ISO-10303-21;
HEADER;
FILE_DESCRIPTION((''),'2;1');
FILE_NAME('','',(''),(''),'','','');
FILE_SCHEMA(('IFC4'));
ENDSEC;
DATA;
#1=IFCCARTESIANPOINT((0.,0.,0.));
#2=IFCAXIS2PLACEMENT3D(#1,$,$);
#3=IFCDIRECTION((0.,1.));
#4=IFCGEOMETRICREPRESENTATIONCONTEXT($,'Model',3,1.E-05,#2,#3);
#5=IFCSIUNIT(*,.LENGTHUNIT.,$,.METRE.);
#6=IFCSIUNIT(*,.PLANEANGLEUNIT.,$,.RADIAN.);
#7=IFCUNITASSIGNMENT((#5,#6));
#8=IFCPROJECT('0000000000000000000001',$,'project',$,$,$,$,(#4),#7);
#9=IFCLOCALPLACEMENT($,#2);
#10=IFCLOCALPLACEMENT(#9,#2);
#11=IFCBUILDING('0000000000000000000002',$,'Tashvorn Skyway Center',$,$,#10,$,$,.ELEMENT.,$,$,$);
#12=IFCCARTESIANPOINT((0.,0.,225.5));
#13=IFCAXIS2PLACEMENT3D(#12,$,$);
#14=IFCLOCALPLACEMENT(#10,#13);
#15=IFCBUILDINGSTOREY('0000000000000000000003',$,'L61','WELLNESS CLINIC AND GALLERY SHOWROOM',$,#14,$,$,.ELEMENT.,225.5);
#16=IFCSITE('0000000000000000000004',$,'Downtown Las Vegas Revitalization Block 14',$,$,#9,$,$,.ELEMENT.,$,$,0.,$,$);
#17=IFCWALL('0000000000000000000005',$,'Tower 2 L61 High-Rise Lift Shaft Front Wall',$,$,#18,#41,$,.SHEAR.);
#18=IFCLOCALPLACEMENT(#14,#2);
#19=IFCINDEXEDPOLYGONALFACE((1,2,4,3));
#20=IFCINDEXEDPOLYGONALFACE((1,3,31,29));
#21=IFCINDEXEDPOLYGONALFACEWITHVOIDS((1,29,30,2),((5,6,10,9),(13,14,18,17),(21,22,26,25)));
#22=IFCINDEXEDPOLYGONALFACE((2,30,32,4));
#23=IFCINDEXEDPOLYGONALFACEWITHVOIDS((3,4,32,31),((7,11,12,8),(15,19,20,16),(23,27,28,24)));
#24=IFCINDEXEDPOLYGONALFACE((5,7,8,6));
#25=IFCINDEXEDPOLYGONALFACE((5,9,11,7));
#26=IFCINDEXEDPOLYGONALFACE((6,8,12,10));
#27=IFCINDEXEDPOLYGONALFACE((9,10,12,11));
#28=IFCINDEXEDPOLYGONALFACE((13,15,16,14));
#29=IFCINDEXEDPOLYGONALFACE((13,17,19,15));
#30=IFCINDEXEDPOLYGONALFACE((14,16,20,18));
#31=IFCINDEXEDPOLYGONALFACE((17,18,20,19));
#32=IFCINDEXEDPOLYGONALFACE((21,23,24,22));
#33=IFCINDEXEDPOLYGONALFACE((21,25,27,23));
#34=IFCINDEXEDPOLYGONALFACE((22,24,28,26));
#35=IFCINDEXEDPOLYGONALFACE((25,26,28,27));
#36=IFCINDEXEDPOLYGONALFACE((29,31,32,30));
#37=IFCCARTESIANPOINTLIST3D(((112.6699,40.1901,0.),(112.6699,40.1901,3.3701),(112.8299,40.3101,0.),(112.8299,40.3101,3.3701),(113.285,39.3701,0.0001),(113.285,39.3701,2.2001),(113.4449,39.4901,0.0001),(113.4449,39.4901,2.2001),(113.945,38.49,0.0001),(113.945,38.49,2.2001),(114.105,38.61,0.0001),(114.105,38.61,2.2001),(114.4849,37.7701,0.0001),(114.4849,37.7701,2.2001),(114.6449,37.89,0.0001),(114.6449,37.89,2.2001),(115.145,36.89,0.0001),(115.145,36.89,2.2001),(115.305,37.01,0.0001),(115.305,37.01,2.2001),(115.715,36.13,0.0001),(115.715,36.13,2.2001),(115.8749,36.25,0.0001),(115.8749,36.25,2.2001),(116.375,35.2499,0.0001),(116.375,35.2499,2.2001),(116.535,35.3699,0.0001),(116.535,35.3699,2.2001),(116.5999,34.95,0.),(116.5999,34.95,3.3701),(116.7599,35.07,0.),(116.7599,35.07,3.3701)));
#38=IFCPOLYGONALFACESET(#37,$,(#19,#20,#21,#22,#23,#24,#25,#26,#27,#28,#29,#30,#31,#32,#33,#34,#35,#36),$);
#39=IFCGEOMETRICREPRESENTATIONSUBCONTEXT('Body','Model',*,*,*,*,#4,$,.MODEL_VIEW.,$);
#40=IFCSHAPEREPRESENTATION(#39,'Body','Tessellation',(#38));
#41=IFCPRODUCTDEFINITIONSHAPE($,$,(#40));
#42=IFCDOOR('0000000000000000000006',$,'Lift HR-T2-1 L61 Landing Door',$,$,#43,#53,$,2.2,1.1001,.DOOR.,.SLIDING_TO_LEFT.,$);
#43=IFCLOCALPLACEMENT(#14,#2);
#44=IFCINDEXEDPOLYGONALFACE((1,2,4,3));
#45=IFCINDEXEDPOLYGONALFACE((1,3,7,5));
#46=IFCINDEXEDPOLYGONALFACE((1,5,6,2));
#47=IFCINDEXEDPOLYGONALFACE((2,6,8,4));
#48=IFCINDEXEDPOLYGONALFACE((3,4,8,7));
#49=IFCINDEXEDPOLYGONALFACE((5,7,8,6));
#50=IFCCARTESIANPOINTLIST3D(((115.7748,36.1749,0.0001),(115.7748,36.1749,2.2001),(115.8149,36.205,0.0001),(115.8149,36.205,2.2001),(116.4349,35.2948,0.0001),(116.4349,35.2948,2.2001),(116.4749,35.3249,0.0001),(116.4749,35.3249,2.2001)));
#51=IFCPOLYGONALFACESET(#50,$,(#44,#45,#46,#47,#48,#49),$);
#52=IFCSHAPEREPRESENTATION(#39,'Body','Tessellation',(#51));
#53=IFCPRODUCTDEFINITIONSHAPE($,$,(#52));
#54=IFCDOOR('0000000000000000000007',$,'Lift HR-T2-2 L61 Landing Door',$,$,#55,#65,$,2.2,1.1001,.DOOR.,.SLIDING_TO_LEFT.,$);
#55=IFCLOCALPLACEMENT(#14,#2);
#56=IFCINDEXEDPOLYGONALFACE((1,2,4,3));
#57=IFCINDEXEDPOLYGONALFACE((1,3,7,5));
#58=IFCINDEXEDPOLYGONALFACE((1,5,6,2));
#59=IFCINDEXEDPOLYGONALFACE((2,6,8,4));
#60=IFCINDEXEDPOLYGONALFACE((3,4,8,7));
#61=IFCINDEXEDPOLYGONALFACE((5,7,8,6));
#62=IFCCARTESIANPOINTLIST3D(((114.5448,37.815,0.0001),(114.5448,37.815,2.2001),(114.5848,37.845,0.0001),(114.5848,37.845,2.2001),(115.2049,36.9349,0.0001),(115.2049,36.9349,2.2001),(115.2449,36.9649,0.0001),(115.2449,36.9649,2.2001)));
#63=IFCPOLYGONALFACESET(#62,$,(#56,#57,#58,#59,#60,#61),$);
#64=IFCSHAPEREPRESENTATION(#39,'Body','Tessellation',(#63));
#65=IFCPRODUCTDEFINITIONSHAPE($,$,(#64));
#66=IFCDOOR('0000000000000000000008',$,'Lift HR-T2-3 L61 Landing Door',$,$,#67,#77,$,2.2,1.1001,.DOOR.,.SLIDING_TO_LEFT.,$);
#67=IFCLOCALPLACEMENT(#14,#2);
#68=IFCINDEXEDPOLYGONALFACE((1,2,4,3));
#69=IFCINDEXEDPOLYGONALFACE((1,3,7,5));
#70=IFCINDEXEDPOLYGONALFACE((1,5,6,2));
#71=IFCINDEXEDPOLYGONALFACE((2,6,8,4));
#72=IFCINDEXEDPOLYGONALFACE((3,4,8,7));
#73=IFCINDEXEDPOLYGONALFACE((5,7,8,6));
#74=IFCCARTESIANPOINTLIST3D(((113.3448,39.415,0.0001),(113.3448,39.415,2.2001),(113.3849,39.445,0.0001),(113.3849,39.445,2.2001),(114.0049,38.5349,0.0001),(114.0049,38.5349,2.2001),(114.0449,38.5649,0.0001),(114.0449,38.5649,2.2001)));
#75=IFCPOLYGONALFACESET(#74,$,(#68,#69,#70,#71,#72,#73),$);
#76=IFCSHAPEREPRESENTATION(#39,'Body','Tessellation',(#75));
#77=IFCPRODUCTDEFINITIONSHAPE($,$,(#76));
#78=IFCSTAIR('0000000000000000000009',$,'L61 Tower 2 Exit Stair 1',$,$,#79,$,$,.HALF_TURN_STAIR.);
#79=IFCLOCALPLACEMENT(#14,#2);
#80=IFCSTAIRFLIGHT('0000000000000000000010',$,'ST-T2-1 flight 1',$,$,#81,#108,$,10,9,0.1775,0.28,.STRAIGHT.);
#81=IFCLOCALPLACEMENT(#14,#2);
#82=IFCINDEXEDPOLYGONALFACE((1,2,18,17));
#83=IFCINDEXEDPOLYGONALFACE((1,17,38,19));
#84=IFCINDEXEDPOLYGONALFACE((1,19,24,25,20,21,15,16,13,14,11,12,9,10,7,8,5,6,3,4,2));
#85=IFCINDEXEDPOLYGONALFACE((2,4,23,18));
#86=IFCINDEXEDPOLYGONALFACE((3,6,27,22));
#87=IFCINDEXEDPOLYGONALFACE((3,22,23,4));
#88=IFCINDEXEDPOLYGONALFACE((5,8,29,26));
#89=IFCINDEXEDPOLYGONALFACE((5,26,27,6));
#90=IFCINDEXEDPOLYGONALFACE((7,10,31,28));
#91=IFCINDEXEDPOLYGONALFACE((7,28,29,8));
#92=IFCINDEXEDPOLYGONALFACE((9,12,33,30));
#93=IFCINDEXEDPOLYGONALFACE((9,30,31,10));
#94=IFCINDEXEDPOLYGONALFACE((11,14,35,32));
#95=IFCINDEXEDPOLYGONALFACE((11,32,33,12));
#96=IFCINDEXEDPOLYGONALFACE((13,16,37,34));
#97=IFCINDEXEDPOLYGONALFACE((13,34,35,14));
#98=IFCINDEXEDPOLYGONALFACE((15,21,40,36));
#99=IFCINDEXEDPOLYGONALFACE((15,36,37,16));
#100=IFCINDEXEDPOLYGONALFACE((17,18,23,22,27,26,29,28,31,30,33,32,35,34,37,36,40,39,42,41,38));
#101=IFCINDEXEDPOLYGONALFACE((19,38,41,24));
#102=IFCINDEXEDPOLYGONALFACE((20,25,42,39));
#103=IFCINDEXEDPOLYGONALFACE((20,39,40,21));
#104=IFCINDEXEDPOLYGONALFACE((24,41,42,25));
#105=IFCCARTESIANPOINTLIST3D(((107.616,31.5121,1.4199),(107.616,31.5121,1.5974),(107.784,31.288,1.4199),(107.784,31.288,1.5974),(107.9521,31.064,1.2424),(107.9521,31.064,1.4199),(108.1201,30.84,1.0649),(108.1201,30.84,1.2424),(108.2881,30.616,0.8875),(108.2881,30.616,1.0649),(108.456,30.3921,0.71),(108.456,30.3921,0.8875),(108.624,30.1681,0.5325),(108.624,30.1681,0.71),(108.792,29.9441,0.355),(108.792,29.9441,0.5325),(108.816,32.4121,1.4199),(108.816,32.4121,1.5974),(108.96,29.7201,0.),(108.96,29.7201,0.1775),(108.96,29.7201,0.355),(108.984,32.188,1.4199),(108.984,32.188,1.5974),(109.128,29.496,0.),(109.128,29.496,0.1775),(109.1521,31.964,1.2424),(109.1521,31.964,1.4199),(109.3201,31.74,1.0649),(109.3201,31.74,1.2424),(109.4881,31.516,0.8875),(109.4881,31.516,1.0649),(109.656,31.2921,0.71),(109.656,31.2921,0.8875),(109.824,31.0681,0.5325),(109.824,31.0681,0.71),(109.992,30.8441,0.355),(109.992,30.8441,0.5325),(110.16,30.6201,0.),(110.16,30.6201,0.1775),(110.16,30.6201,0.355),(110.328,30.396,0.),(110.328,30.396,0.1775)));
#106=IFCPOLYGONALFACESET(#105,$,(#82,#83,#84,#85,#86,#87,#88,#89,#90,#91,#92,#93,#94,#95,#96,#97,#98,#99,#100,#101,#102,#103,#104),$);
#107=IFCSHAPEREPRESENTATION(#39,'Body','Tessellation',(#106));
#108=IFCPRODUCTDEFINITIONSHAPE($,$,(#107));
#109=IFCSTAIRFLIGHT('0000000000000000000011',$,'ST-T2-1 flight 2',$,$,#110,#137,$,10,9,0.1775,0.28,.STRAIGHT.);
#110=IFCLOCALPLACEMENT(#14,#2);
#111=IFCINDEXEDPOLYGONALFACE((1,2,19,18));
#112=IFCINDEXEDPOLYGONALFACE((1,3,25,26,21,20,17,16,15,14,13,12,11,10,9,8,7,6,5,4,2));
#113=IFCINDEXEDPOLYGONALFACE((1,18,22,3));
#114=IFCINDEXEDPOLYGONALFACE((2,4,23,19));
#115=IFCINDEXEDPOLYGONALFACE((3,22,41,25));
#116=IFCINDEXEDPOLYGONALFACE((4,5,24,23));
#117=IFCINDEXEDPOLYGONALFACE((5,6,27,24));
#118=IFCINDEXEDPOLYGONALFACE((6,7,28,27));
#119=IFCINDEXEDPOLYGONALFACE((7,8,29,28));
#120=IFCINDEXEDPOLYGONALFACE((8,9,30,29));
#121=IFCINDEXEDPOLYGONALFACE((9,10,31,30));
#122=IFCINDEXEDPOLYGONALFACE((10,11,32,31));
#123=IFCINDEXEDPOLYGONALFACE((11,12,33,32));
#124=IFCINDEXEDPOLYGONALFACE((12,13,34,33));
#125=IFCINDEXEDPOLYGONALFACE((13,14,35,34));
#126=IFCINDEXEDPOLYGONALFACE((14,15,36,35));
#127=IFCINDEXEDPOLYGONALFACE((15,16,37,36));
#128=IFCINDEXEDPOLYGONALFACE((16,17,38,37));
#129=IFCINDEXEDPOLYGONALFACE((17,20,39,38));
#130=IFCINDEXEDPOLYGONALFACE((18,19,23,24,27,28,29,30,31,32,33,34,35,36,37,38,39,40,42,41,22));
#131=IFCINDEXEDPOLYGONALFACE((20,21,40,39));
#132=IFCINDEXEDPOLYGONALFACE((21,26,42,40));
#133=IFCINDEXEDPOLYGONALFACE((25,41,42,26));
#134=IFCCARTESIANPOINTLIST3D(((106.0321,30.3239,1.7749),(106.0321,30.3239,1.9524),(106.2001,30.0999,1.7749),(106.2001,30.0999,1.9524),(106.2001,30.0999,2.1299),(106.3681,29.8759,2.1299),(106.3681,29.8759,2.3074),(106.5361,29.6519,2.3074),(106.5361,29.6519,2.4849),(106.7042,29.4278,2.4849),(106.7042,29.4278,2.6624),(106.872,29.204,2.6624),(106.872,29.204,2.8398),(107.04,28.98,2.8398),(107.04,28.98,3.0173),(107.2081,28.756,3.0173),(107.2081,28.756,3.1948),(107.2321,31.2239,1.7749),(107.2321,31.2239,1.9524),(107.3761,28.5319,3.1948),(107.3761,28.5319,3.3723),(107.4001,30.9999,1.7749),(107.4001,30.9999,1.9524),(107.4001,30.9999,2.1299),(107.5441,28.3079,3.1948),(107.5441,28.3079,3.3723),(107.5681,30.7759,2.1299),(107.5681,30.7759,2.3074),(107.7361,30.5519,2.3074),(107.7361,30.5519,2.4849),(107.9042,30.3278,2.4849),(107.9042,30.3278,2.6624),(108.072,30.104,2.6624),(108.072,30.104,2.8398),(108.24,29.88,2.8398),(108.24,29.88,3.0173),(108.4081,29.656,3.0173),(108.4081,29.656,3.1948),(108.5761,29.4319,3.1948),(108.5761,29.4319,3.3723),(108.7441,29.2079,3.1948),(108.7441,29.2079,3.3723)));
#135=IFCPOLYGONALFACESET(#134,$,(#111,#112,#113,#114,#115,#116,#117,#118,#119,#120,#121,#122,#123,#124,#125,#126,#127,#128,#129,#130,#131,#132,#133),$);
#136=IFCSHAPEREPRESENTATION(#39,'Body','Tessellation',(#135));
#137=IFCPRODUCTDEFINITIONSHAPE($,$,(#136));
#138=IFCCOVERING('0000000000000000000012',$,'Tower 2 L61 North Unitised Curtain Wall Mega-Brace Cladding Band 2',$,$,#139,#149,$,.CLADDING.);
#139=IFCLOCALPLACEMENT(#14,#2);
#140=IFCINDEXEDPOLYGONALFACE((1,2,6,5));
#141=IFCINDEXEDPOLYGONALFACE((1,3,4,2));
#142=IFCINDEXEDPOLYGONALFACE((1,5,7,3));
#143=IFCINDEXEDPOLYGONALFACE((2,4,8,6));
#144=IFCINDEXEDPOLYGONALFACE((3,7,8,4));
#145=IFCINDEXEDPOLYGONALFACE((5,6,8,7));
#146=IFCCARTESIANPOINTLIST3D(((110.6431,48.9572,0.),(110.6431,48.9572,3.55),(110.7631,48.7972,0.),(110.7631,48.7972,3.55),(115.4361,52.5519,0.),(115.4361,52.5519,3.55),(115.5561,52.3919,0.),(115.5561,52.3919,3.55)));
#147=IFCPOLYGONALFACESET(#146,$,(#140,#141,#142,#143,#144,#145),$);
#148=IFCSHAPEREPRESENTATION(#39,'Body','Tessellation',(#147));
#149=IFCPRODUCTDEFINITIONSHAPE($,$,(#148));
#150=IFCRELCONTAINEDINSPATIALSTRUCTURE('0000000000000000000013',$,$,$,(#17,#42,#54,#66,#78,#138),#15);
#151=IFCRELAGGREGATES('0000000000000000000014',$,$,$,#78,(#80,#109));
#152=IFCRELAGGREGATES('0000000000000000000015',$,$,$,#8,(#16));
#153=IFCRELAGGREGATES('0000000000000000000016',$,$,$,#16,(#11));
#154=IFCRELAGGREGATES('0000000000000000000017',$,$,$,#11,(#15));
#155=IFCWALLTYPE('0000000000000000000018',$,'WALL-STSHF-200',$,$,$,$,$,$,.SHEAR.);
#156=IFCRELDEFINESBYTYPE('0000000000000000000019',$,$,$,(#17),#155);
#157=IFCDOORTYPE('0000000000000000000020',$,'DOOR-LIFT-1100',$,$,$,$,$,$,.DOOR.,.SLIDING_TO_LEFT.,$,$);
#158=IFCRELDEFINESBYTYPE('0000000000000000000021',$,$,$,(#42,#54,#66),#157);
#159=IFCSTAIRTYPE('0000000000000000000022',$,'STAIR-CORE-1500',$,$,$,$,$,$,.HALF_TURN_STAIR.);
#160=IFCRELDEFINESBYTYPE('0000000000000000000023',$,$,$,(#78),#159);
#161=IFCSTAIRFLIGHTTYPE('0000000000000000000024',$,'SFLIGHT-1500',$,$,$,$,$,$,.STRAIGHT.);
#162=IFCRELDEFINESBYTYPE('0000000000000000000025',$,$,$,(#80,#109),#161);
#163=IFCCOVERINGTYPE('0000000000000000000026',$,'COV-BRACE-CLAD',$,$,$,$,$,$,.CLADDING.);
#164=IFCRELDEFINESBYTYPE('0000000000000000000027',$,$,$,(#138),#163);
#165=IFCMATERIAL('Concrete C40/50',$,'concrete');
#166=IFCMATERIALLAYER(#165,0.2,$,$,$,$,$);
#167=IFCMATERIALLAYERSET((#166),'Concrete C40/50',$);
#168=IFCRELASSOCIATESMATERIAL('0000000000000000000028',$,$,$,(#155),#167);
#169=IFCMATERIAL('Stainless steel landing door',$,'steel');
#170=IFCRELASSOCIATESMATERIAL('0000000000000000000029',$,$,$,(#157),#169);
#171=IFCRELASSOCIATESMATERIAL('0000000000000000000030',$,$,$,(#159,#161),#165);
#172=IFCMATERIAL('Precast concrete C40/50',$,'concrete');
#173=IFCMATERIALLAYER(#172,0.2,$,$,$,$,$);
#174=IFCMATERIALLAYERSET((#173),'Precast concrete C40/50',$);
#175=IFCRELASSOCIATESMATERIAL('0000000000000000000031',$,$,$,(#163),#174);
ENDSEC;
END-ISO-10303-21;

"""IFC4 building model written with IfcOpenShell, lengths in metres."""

from ifc_helpers import new_model, si_unit, direction, frame, frame_2d, origin, origin_2d, place, context, subcontext, project, spatial, polyline, rectangle, outline, extrude, material, layer, layer_set, type_object, element, fill, aggregate, save


model = new_model("IFC4")

# Units and contexts
model_context = context("Model", 3, precision=1e-05, world=origin(), true_north=direction((0.0, 1.0)))
body_context = subcontext(model_context, "Body", "Model", "MODEL_VIEW")
ifc_project = project(units=[si_unit("LENGTHUNIT", "METRE"), si_unit("PLANEANGLEUNIT", "RADIAN")], contexts=[model_context])

# Site, building, storey
site_placement = place(None, origin())
site = spatial("IfcSite", under=ifc_project, at=site_placement, Name="Downtown Las Vegas Revitalization Block 14", CompositionType="ELEMENT", RefElevation=0.0)
building_placement = place(site_placement, origin())
building = spatial("IfcBuilding", under=site, at=building_placement, Name="Tashvorn Skyway Center", CompositionType="ELEMENT")
storey_placement = place(building_placement, frame((0.0, 0.0, 225.5)))
storey = spatial("IfcBuildingStorey", under=building, at=storey_placement, Name="L61", Description="WELLNESS CLINIC AND GALLERY SHOWROOM", CompositionType="ELEMENT", Elevation=225.5)

# Shared definitions
ifc_material_1 = material(Name="Concrete C40/50", Category="concrete")

# Wall, openings, doors
ifc_layer_1 = layer(ifc_material_1, 0.2)
ifc_layer_set_1 = layer_set([ifc_layer_1], Name="Concrete C40/50")
wall_type_1 = type_object("IfcWallType", Name="WALL-STSHF-200", PredefinedType="SHEAR", material=ifc_layer_set_1)
wall_1_placement = place(storey_placement, frame((112.75, 40.25, 0.0), z_axis=(0.0, 0.0, 1.0), x_axis=(0.599994, -0.800004, 0.0)))
wall_1 = element("IfcWall", 1, at=wall_1_placement, inside=storey, type_object=wall_type_1, Name="Tower 2 L61 High-Rise Lift Shaft Front Wall", PredefinedType="SHEAR", context=body_context, shape_type="SweptSolid", body=[
    extrude(rectangle(XDim=6.55, YDim=0.2, at=frame_2d((3.2749, 0.0))), origin(), (0.0, 0.0, 1.0), 3.3701),
])
opening_1_placement = place(wall_1_placement, frame((5.075, 0.0, 0.0)))
opening_1 = element("IfcOpeningElement", 2, at=opening_1_placement, cuts=wall_1, PredefinedType="OPENING", context=body_context, shape_type="SweptSolid", body=[
    extrude(rectangle(XDim=1.1001, YDim=2.2, at=frame_2d((0.55, 1.1001))), frame((0.0, 0.1099, 0.0), z_axis=(0.0, -1.0, 0.0), x_axis=(1.0, 0.0, 0.0)), (0.0, 0.0, 1.0), 0.22),
])
opening_2_placement = place(wall_1_placement, frame((3.0249, 0.0, 0.0)))
opening_2 = element("IfcOpeningElement", 3, at=opening_2_placement, cuts=wall_1, PredefinedType="OPENING", context=body_context, shape_type="SweptSolid", body=[
    extrude(rectangle(XDim=1.1001, YDim=2.2, at=frame_2d((0.55, 1.1001))), frame((0.0, 0.1099, 0.0), z_axis=(0.0, -1.0, 0.0), x_axis=(1.0, 0.0, 0.0)), (0.0, 0.0, 1.0), 0.22),
])
opening_3_placement = place(wall_1_placement, frame((1.0249, 0.0, 0.0)))
opening_3 = element("IfcOpeningElement", 4, at=opening_3_placement, cuts=wall_1, PredefinedType="OPENING", context=body_context, shape_type="SweptSolid", body=[
    extrude(rectangle(XDim=1.1001, YDim=2.2, at=frame_2d((0.55, 1.1001))), frame((0.0, 0.1099, 0.0), z_axis=(0.0, -1.0, 0.0), x_axis=(1.0, 0.0, 0.0)), (0.0, 0.0, 1.0), 0.22),
])
ifc_material_2 = material(Name="Stainless steel landing door", Category="steel")
door_type_1 = type_object("IfcDoorType", Name="DOOR-LIFT-1100", OperationType="SLIDING_TO_LEFT", PredefinedType="DOOR", material=ifc_material_2)
door_1_placement = place(opening_1_placement, origin())
door_1 = element("IfcDoor", 5, at=door_1_placement, inside=storey, type_object=door_type_1, Name="Lift HR-T2-1 L61 Landing Door", OperationType="SLIDING_TO_LEFT", OverallHeight=2.2, OverallWidth=1.1001, PredefinedType="DOOR", context=body_context, shape_type="SweptSolid", body=[
    extrude(rectangle(XDim=1.1001, YDim=2.2, at=frame_2d((0.55, 1.1001))), frame((0.0, 0.0249, 0.0), z_axis=(0.0, -1.0, 0.0), x_axis=(1.0, 0.0, 0.0)), (0.0, 0.0, 1.0), 0.05),
])
fill(opening_1, door_1)
door_2_placement = place(opening_2_placement, origin())
door_2 = element("IfcDoor", 6, at=door_2_placement, inside=storey, type_object=door_type_1, Name="Lift HR-T2-2 L61 Landing Door", OperationType="SLIDING_TO_LEFT", OverallHeight=2.2, OverallWidth=1.1001, PredefinedType="DOOR", context=body_context, shape_type="SweptSolid", body=[
    extrude(rectangle(XDim=1.1001, YDim=2.2, at=frame_2d((0.55, 1.1001))), frame((0.0, 0.0249, 0.0), z_axis=(0.0, -1.0, 0.0), x_axis=(1.0, 0.0, 0.0)), (0.0, 0.0, 1.0), 0.05),
])
fill(opening_2, door_2)
door_3_placement = place(opening_3_placement, origin())
door_3 = element("IfcDoor", 7, at=door_3_placement, inside=storey, type_object=door_type_1, Name="Lift HR-T2-3 L61 Landing Door", OperationType="SLIDING_TO_LEFT", OverallHeight=2.2, OverallWidth=1.1001, PredefinedType="DOOR", context=body_context, shape_type="SweptSolid", body=[
    extrude(rectangle(XDim=1.1001, YDim=2.2, at=frame_2d((0.55, 1.1001))), frame((0.0, 0.0249, 0.0), z_axis=(0.0, -1.0, 0.0), x_axis=(1.0, 0.0, 0.0)), (0.0, 0.0, 1.0), 0.05),
])
fill(opening_3, door_3)

# Stair, stair flights
stair_type = type_object("IfcStairType", Name="STAIR-CORE-1500", PredefinedType="HALF_TURN_STAIR", material=ifc_material_1)
stair_placement = place(storey_placement, origin())
stair = element("IfcStair", 8, at=stair_placement, inside=storey, type_object=stair_type, Name="L61 Tower 2 Exit Stair 1", PredefinedType="HALF_TURN_STAIR")
stair_flight_type = type_object("IfcStairFlightType", Name="SFLIGHT-1500", PredefinedType="STRAIGHT", material=ifc_material_1)
stair_flight_1_placement = place(storey_placement, frame((109.728, 29.946, 0.0), z_axis=(0.0, 0.0, 1.0), x_axis=(-0.6, 0.8, 0.0)))
stair_flight_1 = element("IfcStairFlight", 9, at=stair_flight_1_placement, type_object=stair_flight_type, Name="ST-T2-1 flight 1", NumberOfRisers=10, NumberOfTreads=9, PredefinedType="STRAIGHT", RiserHeight=0.1775, TreadLength=0.28, context=body_context, shape_type="SweptSolid", body=[
    extrude(outline(polyline([(0.0, 0.0), (0.0, 0.1775), (0.28, 0.1775), (0.28, 0.355), (0.5601, 0.355), (0.5601, 0.5325), (0.8401, 0.5325), (0.8401, 0.71), (1.1201, 0.71), (1.1201, 0.8875), (1.3999, 0.8875), (1.3999, 1.0649), (1.6799, 1.0649), (1.6799, 1.2424), (1.96, 1.2424), (1.96, 1.4199), (2.24, 1.4199), (2.24, 1.5974), (2.52, 1.5974), (2.52, 1.7749), (2.52, 1.4199), (0.28, 0.0), (0.0, 0.0)])), frame((0.0, 0.75, 0.0), z_axis=(0.0, -1.0, 0.0), x_axis=(1.0, 0.0, 0.0)), (0.0, 0.0, 1.0), 1.5),
])
stair_flight_2_placement = place(storey_placement, frame((106.6321, 30.7739, 1.7749), z_axis=(0.0, 0.0, 1.0), x_axis=(0.6, -0.8, 0.0)))
stair_flight_2 = element("IfcStairFlight", 10, at=stair_flight_2_placement, type_object=stair_flight_type, Name="ST-T2-1 flight 2", NumberOfRisers=10, NumberOfTreads=9, PredefinedType="STRAIGHT", RiserHeight=0.1775, TreadLength=0.28, context=body_context, shape_type="SweptSolid", body=[
    extrude(outline(polyline([(0.0, 0.0), (0.0, 0.1775), (0.28, 0.1775), (0.28, 0.355), (0.5601, 0.355), (0.5601, 0.5325), (0.8401, 0.5325), (0.8401, 0.71), (1.1201, 0.71), (1.1201, 0.8875), (1.3999, 0.8875), (1.3999, 1.0649), (1.6799, 1.0649), (1.6799, 1.2424), (1.96, 1.2424), (1.96, 1.4199), (2.24, 1.4199), (2.24, 1.5974), (2.52, 1.5974), (2.52, 1.7749), (2.52, 1.4199), (0.28, 0.0), (0.0, 0.0)])), frame((0.0, 0.75, 0.0), z_axis=(0.0, -1.0, 0.0), x_axis=(1.0, 0.0, 0.0)), (0.0, 0.0, 1.0), 1.5),
])
aggregate(stair, [stair_flight_1, stair_flight_2])

# Covering
ifc_material_3 = material(Name="Precast concrete C40/50", Category="concrete")
ifc_layer_2 = layer(ifc_material_3, 0.2)
ifc_layer_set_2 = layer_set([ifc_layer_2], Name="Precast concrete C40/50")
covering_type = type_object("IfcCoveringType", Name="COV-BRACE-CLAD", PredefinedType="CLADDING", material=ifc_layer_set_2)
covering_placement = place(storey_placement, frame((113.0996, 50.6746, 0.0), z_axis=(0.0, 0.0, 1.0), x_axis=(0.8, 0.6, 0.0)))
element("IfcCovering", 11, at=covering_placement, inside=storey, type_object=covering_type, Name="Tower 2 L61 North Unitised Curtain Wall Mega-Brace Cladding Band 2", PredefinedType="CLADDING", context=body_context, shape_type="SweptSolid", body=[
    extrude(rectangle(XDim=5.9912, YDim=0.2, at=origin_2d()), origin(), (0.0, 0.0, 1.0), 3.55),
])

save(model, "model.ifc")
